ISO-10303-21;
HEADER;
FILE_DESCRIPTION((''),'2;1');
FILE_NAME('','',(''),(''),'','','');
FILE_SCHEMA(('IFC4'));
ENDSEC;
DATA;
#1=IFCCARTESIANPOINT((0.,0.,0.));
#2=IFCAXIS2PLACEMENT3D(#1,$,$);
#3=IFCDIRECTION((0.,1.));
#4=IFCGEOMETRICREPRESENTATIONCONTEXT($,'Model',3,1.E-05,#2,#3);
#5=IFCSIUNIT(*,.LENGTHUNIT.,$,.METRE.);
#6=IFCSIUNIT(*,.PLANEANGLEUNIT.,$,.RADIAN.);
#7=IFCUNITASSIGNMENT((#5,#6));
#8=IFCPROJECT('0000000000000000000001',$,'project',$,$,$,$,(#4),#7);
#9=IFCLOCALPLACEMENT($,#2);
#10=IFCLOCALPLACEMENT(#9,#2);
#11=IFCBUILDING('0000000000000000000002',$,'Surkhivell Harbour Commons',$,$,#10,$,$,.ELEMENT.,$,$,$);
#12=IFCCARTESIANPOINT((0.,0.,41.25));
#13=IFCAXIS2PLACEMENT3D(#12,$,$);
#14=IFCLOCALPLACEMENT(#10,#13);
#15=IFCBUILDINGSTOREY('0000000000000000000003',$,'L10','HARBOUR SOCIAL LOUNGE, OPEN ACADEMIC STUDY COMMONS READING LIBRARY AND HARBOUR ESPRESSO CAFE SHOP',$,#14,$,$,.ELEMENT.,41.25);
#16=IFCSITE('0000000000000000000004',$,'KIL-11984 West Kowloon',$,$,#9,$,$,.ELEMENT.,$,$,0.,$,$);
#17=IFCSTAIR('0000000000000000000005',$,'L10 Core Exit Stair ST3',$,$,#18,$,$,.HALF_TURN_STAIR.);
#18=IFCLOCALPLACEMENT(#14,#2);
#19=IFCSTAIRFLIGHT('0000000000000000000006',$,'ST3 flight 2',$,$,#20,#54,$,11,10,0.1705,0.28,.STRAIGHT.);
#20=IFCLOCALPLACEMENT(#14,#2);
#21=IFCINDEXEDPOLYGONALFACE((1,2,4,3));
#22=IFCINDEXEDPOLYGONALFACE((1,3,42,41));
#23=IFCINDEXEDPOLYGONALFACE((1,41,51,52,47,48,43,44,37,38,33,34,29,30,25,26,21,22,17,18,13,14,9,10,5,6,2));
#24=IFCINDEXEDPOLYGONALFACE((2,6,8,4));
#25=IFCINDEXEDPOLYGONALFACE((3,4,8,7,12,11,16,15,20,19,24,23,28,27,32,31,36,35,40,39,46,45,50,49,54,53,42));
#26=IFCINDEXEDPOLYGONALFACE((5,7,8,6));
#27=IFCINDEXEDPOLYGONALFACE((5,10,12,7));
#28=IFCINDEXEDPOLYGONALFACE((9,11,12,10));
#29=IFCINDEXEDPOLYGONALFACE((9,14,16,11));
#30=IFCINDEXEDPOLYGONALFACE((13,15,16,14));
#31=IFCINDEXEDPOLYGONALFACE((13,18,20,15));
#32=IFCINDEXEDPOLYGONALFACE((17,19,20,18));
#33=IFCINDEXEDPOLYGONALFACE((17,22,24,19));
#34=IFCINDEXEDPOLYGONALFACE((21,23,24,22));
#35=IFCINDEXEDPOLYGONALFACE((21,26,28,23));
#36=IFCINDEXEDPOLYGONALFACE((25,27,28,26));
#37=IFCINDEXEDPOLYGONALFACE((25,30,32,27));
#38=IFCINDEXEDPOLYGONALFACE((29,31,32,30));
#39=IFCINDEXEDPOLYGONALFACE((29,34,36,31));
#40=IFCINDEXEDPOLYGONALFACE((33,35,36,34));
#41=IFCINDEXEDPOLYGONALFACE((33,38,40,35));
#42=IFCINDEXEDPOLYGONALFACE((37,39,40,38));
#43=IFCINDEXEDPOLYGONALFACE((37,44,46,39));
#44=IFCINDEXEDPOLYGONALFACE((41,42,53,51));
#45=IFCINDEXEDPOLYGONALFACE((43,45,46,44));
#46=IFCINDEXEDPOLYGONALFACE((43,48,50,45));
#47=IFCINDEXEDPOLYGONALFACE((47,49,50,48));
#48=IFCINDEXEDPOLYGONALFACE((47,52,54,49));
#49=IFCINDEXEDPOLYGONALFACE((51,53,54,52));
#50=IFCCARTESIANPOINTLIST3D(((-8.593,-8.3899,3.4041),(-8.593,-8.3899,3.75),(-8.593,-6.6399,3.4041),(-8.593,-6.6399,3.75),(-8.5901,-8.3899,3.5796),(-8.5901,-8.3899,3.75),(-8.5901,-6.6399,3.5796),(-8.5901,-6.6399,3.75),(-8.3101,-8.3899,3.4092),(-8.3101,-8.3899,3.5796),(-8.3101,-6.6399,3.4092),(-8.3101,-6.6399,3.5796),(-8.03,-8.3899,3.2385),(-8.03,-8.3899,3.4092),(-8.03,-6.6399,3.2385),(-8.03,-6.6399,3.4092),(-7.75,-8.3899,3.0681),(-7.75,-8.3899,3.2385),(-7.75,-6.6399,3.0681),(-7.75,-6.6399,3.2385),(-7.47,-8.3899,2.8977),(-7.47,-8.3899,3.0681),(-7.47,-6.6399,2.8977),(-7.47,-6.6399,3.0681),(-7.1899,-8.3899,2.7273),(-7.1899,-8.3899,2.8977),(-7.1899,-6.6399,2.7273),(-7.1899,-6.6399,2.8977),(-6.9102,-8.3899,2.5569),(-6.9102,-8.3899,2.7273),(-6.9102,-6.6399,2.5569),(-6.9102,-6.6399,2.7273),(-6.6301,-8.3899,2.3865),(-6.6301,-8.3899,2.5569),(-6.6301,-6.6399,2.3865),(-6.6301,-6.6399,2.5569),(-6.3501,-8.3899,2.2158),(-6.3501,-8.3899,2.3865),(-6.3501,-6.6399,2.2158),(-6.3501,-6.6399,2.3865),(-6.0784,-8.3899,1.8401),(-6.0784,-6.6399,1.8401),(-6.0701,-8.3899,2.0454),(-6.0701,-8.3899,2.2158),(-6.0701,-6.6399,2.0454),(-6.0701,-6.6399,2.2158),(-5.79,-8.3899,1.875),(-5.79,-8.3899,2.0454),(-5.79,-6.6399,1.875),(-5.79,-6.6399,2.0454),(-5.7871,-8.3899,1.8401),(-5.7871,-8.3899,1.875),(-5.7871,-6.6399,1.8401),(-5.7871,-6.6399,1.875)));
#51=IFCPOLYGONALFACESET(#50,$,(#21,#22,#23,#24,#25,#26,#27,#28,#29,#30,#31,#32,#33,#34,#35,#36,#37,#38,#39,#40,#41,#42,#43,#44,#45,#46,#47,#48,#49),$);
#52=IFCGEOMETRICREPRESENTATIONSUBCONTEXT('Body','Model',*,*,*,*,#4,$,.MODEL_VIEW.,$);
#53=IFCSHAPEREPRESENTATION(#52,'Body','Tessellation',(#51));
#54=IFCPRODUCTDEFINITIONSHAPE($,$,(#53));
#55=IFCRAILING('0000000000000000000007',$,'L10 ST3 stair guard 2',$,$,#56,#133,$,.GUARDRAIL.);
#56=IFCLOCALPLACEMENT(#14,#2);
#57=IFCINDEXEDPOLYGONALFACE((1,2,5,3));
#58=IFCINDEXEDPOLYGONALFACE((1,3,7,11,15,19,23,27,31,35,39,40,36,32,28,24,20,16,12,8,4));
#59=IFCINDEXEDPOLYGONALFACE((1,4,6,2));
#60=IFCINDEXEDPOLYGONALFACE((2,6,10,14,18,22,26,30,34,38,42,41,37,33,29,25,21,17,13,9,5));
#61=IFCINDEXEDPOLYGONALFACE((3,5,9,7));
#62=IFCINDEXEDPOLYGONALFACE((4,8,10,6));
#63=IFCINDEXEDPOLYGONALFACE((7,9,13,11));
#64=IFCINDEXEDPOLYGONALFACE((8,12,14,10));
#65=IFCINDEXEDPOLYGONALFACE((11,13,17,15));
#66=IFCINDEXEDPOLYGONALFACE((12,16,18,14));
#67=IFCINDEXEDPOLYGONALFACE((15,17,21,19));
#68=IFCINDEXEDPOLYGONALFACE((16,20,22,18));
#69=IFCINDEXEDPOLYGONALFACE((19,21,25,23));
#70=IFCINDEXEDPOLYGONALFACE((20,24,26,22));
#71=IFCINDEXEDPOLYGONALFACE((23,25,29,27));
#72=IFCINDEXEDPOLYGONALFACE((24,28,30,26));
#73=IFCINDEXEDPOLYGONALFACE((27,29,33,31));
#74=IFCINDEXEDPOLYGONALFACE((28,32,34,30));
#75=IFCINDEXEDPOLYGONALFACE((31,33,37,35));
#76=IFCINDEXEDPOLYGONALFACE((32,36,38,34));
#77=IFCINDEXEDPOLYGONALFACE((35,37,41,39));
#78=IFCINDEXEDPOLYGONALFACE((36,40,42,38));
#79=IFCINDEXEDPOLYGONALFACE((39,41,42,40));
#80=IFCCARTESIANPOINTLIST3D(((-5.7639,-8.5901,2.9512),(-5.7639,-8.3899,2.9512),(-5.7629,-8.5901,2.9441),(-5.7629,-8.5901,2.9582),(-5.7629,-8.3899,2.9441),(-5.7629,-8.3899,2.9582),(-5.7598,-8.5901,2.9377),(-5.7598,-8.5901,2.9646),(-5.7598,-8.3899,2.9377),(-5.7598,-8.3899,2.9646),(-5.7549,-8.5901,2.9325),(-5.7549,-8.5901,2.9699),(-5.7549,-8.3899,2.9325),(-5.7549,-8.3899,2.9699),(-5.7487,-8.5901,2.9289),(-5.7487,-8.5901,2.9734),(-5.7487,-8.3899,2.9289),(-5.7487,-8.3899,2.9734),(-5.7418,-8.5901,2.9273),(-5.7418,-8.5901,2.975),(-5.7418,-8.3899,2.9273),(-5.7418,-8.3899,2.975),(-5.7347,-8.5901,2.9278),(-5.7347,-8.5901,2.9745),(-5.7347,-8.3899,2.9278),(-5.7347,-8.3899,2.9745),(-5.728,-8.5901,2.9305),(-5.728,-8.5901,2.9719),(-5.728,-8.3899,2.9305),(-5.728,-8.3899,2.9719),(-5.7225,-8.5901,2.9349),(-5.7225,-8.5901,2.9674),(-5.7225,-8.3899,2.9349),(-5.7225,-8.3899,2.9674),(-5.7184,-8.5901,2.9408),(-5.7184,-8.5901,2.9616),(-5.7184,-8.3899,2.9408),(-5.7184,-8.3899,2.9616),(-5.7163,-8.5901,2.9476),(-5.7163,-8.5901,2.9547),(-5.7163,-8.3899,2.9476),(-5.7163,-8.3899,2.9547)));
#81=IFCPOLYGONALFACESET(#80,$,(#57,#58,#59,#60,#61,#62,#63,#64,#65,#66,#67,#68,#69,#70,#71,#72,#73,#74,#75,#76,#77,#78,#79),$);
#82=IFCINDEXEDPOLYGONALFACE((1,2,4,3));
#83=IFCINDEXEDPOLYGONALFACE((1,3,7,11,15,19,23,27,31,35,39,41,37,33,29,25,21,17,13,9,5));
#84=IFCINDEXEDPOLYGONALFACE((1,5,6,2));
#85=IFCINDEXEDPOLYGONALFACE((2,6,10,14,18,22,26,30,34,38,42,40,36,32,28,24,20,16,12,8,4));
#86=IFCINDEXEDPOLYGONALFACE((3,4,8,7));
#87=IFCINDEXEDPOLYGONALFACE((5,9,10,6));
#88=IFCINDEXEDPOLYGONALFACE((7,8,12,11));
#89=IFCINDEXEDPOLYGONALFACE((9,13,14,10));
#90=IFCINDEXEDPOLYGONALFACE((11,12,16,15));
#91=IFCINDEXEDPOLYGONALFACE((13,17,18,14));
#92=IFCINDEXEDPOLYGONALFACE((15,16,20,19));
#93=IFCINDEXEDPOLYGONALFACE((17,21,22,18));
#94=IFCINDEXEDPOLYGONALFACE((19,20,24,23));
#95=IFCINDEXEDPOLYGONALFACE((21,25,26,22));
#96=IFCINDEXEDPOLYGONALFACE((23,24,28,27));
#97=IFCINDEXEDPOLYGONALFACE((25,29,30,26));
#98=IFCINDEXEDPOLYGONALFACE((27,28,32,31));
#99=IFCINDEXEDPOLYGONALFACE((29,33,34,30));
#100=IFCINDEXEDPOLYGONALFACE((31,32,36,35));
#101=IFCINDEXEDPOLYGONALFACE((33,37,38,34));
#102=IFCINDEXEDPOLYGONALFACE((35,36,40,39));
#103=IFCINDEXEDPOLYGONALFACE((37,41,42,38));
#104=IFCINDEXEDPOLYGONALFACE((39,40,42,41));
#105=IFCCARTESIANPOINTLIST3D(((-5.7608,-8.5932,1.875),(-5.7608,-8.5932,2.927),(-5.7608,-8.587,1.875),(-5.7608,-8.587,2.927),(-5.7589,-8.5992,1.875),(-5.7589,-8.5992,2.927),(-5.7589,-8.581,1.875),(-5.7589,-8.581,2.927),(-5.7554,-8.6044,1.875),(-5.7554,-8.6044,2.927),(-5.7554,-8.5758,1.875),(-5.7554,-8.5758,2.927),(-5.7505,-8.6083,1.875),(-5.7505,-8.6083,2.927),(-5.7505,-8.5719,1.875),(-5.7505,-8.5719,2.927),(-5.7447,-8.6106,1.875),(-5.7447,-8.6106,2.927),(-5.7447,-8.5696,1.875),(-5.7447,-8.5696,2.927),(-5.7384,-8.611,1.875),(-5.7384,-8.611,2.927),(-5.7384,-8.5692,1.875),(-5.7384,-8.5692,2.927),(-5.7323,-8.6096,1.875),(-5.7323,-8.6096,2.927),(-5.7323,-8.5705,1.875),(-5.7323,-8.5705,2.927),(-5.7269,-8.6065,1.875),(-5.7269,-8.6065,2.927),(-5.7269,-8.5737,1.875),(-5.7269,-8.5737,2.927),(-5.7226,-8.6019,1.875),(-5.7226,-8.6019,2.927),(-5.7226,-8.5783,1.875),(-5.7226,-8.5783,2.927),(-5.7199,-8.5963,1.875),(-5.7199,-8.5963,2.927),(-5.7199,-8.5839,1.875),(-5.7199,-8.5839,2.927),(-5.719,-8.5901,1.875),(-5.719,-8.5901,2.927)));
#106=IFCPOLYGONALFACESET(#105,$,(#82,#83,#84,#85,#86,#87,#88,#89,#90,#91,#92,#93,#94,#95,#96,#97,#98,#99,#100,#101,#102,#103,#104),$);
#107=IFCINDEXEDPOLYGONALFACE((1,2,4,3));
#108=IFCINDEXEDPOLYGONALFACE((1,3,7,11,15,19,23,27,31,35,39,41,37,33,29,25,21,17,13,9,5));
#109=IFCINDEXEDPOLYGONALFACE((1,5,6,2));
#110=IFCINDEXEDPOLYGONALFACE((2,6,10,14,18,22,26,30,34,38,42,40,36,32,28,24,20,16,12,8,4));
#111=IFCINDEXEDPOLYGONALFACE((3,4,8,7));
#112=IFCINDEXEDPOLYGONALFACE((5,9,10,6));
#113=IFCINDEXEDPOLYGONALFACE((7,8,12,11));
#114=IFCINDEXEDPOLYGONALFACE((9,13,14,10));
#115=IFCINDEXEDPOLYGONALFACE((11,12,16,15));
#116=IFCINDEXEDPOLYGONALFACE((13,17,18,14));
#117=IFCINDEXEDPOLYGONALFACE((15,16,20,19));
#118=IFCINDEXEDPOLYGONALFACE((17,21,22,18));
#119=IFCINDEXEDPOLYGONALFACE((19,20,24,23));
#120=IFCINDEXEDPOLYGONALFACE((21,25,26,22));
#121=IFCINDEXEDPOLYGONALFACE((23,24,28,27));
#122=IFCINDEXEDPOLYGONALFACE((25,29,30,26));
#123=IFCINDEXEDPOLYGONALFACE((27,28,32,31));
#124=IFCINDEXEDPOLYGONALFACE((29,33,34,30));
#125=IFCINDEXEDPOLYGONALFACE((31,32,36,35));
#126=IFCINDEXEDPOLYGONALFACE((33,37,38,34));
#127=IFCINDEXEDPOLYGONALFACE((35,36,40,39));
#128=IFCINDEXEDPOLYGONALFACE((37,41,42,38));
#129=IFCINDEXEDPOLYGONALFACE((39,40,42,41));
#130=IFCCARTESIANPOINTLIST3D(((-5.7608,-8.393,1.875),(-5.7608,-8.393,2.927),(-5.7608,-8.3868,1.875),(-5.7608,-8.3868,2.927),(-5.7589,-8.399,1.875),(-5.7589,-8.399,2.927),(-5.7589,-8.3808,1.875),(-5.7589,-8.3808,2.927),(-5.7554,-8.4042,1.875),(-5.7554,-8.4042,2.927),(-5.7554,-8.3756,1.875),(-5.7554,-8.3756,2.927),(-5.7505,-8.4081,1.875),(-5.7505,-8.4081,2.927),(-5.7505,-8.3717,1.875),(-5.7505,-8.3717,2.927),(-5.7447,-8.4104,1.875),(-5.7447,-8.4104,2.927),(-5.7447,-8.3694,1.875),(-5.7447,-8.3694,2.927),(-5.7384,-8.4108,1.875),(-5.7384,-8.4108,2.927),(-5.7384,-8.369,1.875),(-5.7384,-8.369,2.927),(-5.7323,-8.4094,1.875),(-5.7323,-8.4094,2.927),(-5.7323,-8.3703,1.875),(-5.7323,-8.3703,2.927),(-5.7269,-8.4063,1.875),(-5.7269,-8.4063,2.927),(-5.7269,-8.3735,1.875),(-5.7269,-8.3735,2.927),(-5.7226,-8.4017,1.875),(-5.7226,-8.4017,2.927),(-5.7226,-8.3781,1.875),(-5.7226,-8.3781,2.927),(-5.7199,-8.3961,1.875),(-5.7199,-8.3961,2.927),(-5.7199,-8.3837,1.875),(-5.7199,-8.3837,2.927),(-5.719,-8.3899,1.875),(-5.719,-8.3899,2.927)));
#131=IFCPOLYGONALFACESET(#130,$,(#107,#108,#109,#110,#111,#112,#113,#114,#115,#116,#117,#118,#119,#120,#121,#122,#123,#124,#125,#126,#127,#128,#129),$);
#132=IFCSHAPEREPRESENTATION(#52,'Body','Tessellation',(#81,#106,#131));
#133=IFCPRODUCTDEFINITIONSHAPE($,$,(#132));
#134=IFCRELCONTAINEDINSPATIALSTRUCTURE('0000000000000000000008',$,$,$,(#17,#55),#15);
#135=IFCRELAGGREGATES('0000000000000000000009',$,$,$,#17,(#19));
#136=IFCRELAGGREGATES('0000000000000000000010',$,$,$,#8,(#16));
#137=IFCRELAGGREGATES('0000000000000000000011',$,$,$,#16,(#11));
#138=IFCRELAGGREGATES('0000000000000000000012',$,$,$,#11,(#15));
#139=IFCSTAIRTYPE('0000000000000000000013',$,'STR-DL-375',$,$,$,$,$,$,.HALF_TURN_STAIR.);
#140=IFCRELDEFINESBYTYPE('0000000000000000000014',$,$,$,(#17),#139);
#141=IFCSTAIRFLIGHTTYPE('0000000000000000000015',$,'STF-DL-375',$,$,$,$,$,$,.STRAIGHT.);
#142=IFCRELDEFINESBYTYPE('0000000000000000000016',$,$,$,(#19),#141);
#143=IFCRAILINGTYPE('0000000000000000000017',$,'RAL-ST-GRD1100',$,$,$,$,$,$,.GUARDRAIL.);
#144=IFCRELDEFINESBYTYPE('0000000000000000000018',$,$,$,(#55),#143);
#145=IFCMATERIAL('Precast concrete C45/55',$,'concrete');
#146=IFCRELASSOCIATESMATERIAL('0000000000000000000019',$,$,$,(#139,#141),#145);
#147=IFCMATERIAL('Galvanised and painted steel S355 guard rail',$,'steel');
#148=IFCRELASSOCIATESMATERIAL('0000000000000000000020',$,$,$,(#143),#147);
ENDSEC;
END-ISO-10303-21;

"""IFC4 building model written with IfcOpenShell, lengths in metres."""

from ifc_helpers import new_model, si_unit, direction, frame, origin, origin_2d, place, context, subcontext, project, spatial, polyline, circle, outline, extrude, material, type_object, element, aggregate, save


model = new_model("IFC4")

# Units and contexts
model_context = context("Model", 3, precision=1e-05, world=origin(), true_north=direction((0.0, 1.0)))
body_context = subcontext(model_context, "Body", "Model", "MODEL_VIEW")
ifc_project = project(units=[si_unit("LENGTHUNIT", "METRE"), si_unit("PLANEANGLEUNIT", "RADIAN")], contexts=[model_context])

# Site, building, storey
site_placement = place(None, origin())
site = spatial("IfcSite", under=ifc_project, at=site_placement, Name="KIL-11984 West Kowloon", CompositionType="ELEMENT", RefElevation=0.0)
building_placement = place(site_placement, origin())
building = spatial("IfcBuilding", under=site, at=building_placement, Name="Surkhivell Harbour Commons", CompositionType="ELEMENT")
storey_placement = place(building_placement, frame((0.0, 0.0, 41.25)))
storey = spatial("IfcBuildingStorey", under=building, at=storey_placement, Name="L10", Description="HARBOUR SOCIAL LOUNGE, OPEN ACADEMIC STUDY COMMONS READING LIBRARY AND HARBOUR ESPRESSO CAFE SHOP", CompositionType="ELEMENT", Elevation=41.25)

# Stair, stair flight
ifc_material_1 = material(Name="Precast concrete C45/55", Category="concrete")
stair_type = type_object("IfcStairType", Name="STR-DL-375", PredefinedType="HALF_TURN_STAIR", material=ifc_material_1)
stair_placement = place(storey_placement, origin())
stair = element("IfcStair", 1, at=stair_placement, inside=storey, type_object=stair_type, Name="L10 Core Exit Stair ST3", PredefinedType="HALF_TURN_STAIR")
stair_flight_type = type_object("IfcStairFlightType", Name="STF-DL-375", PredefinedType="STRAIGHT", material=ifc_material_1)
stair_flight_placement = place(storey_placement, frame((-5.79, -7.5149, 1.875), z_axis=(0.0, 0.0, 1.0), x_axis=(-1.0, 0.0, 0.0)))
stair_flight = element("IfcStairFlight", 2, at=stair_flight_placement, type_object=stair_flight_type, Name="ST3 flight 2", NumberOfRisers=11, NumberOfTreads=10, PredefinedType="STRAIGHT", RiserHeight=0.1705, TreadLength=0.28, context=body_context, shape_type="SweptSolid", body=[
    extrude(outline(polyline([(-0.0029, -0.0349), (-0.0029, 0.0), (0.0, 0.0), (0.0, 0.1704), (0.28, 0.1704), (0.28, 0.3408), (0.5601, 0.3408), (0.5601, 0.5115), (0.8401, 0.5115), (0.8401, 0.6819), (1.1201, 0.6819), (1.1201, 0.8523), (1.3999, 0.8523), (1.3999, 1.0227), (1.6799, 1.0227), (1.6799, 1.1931), (1.96, 1.1931), (1.96, 1.3635), (2.24, 1.3635), (2.24, 1.5342), (2.52, 1.5342), (2.52, 1.7046), (2.8, 1.7046), (2.8, 1.875), (2.803, 1.875), (2.803, 1.5291), (0.2883, -0.0349), (-0.0029, -0.0349)])), frame((0.0, 0.875, 0.0), z_axis=(0.0, -1.0, 0.0), x_axis=(1.0, 0.0, 0.0)), (0.0, 0.0, 1.0), 1.75),
])
aggregate(stair, [stair_flight])

# Railing
ifc_material_2 = material(Name="Galvanised and painted steel S355 guard rail", Category="steel")
railing_type_1 = type_object("IfcRailingType", Name="RAL-ST-GRD1100", PredefinedType="GUARDRAIL", material=ifc_material_2)
railing_1_placement = place(storey_placement, frame((-5.74, -8.5901, 1.875)))
element("IfcRailing", 3, at=railing_1_placement, inside=storey, type_object=railing_type_1, Name="L10 ST3 stair guard 2", PredefinedType="GUARDRAIL", context=body_context, shape_type="SweptSolid", body=[
    extrude(circle(Radius=0.0239, at=origin_2d()), frame((0.0, 0.0, 1.0762), z_axis=(0.0, 1.0, 0.0), x_axis=(-1.0, 0.0, 0.0)), (0.0, 0.0, 1.0), 0.2002),
    extrude(circle(Radius=0.021, at=origin_2d()), origin(), (0.0, 0.0, 1.0), 1.052),
    extrude(circle(Radius=0.021, at=origin_2d()), frame((0.0, 0.2002, 0.0)), (0.0, 0.0, 1.0), 1.052),
])

save(model, "model.ifc")
